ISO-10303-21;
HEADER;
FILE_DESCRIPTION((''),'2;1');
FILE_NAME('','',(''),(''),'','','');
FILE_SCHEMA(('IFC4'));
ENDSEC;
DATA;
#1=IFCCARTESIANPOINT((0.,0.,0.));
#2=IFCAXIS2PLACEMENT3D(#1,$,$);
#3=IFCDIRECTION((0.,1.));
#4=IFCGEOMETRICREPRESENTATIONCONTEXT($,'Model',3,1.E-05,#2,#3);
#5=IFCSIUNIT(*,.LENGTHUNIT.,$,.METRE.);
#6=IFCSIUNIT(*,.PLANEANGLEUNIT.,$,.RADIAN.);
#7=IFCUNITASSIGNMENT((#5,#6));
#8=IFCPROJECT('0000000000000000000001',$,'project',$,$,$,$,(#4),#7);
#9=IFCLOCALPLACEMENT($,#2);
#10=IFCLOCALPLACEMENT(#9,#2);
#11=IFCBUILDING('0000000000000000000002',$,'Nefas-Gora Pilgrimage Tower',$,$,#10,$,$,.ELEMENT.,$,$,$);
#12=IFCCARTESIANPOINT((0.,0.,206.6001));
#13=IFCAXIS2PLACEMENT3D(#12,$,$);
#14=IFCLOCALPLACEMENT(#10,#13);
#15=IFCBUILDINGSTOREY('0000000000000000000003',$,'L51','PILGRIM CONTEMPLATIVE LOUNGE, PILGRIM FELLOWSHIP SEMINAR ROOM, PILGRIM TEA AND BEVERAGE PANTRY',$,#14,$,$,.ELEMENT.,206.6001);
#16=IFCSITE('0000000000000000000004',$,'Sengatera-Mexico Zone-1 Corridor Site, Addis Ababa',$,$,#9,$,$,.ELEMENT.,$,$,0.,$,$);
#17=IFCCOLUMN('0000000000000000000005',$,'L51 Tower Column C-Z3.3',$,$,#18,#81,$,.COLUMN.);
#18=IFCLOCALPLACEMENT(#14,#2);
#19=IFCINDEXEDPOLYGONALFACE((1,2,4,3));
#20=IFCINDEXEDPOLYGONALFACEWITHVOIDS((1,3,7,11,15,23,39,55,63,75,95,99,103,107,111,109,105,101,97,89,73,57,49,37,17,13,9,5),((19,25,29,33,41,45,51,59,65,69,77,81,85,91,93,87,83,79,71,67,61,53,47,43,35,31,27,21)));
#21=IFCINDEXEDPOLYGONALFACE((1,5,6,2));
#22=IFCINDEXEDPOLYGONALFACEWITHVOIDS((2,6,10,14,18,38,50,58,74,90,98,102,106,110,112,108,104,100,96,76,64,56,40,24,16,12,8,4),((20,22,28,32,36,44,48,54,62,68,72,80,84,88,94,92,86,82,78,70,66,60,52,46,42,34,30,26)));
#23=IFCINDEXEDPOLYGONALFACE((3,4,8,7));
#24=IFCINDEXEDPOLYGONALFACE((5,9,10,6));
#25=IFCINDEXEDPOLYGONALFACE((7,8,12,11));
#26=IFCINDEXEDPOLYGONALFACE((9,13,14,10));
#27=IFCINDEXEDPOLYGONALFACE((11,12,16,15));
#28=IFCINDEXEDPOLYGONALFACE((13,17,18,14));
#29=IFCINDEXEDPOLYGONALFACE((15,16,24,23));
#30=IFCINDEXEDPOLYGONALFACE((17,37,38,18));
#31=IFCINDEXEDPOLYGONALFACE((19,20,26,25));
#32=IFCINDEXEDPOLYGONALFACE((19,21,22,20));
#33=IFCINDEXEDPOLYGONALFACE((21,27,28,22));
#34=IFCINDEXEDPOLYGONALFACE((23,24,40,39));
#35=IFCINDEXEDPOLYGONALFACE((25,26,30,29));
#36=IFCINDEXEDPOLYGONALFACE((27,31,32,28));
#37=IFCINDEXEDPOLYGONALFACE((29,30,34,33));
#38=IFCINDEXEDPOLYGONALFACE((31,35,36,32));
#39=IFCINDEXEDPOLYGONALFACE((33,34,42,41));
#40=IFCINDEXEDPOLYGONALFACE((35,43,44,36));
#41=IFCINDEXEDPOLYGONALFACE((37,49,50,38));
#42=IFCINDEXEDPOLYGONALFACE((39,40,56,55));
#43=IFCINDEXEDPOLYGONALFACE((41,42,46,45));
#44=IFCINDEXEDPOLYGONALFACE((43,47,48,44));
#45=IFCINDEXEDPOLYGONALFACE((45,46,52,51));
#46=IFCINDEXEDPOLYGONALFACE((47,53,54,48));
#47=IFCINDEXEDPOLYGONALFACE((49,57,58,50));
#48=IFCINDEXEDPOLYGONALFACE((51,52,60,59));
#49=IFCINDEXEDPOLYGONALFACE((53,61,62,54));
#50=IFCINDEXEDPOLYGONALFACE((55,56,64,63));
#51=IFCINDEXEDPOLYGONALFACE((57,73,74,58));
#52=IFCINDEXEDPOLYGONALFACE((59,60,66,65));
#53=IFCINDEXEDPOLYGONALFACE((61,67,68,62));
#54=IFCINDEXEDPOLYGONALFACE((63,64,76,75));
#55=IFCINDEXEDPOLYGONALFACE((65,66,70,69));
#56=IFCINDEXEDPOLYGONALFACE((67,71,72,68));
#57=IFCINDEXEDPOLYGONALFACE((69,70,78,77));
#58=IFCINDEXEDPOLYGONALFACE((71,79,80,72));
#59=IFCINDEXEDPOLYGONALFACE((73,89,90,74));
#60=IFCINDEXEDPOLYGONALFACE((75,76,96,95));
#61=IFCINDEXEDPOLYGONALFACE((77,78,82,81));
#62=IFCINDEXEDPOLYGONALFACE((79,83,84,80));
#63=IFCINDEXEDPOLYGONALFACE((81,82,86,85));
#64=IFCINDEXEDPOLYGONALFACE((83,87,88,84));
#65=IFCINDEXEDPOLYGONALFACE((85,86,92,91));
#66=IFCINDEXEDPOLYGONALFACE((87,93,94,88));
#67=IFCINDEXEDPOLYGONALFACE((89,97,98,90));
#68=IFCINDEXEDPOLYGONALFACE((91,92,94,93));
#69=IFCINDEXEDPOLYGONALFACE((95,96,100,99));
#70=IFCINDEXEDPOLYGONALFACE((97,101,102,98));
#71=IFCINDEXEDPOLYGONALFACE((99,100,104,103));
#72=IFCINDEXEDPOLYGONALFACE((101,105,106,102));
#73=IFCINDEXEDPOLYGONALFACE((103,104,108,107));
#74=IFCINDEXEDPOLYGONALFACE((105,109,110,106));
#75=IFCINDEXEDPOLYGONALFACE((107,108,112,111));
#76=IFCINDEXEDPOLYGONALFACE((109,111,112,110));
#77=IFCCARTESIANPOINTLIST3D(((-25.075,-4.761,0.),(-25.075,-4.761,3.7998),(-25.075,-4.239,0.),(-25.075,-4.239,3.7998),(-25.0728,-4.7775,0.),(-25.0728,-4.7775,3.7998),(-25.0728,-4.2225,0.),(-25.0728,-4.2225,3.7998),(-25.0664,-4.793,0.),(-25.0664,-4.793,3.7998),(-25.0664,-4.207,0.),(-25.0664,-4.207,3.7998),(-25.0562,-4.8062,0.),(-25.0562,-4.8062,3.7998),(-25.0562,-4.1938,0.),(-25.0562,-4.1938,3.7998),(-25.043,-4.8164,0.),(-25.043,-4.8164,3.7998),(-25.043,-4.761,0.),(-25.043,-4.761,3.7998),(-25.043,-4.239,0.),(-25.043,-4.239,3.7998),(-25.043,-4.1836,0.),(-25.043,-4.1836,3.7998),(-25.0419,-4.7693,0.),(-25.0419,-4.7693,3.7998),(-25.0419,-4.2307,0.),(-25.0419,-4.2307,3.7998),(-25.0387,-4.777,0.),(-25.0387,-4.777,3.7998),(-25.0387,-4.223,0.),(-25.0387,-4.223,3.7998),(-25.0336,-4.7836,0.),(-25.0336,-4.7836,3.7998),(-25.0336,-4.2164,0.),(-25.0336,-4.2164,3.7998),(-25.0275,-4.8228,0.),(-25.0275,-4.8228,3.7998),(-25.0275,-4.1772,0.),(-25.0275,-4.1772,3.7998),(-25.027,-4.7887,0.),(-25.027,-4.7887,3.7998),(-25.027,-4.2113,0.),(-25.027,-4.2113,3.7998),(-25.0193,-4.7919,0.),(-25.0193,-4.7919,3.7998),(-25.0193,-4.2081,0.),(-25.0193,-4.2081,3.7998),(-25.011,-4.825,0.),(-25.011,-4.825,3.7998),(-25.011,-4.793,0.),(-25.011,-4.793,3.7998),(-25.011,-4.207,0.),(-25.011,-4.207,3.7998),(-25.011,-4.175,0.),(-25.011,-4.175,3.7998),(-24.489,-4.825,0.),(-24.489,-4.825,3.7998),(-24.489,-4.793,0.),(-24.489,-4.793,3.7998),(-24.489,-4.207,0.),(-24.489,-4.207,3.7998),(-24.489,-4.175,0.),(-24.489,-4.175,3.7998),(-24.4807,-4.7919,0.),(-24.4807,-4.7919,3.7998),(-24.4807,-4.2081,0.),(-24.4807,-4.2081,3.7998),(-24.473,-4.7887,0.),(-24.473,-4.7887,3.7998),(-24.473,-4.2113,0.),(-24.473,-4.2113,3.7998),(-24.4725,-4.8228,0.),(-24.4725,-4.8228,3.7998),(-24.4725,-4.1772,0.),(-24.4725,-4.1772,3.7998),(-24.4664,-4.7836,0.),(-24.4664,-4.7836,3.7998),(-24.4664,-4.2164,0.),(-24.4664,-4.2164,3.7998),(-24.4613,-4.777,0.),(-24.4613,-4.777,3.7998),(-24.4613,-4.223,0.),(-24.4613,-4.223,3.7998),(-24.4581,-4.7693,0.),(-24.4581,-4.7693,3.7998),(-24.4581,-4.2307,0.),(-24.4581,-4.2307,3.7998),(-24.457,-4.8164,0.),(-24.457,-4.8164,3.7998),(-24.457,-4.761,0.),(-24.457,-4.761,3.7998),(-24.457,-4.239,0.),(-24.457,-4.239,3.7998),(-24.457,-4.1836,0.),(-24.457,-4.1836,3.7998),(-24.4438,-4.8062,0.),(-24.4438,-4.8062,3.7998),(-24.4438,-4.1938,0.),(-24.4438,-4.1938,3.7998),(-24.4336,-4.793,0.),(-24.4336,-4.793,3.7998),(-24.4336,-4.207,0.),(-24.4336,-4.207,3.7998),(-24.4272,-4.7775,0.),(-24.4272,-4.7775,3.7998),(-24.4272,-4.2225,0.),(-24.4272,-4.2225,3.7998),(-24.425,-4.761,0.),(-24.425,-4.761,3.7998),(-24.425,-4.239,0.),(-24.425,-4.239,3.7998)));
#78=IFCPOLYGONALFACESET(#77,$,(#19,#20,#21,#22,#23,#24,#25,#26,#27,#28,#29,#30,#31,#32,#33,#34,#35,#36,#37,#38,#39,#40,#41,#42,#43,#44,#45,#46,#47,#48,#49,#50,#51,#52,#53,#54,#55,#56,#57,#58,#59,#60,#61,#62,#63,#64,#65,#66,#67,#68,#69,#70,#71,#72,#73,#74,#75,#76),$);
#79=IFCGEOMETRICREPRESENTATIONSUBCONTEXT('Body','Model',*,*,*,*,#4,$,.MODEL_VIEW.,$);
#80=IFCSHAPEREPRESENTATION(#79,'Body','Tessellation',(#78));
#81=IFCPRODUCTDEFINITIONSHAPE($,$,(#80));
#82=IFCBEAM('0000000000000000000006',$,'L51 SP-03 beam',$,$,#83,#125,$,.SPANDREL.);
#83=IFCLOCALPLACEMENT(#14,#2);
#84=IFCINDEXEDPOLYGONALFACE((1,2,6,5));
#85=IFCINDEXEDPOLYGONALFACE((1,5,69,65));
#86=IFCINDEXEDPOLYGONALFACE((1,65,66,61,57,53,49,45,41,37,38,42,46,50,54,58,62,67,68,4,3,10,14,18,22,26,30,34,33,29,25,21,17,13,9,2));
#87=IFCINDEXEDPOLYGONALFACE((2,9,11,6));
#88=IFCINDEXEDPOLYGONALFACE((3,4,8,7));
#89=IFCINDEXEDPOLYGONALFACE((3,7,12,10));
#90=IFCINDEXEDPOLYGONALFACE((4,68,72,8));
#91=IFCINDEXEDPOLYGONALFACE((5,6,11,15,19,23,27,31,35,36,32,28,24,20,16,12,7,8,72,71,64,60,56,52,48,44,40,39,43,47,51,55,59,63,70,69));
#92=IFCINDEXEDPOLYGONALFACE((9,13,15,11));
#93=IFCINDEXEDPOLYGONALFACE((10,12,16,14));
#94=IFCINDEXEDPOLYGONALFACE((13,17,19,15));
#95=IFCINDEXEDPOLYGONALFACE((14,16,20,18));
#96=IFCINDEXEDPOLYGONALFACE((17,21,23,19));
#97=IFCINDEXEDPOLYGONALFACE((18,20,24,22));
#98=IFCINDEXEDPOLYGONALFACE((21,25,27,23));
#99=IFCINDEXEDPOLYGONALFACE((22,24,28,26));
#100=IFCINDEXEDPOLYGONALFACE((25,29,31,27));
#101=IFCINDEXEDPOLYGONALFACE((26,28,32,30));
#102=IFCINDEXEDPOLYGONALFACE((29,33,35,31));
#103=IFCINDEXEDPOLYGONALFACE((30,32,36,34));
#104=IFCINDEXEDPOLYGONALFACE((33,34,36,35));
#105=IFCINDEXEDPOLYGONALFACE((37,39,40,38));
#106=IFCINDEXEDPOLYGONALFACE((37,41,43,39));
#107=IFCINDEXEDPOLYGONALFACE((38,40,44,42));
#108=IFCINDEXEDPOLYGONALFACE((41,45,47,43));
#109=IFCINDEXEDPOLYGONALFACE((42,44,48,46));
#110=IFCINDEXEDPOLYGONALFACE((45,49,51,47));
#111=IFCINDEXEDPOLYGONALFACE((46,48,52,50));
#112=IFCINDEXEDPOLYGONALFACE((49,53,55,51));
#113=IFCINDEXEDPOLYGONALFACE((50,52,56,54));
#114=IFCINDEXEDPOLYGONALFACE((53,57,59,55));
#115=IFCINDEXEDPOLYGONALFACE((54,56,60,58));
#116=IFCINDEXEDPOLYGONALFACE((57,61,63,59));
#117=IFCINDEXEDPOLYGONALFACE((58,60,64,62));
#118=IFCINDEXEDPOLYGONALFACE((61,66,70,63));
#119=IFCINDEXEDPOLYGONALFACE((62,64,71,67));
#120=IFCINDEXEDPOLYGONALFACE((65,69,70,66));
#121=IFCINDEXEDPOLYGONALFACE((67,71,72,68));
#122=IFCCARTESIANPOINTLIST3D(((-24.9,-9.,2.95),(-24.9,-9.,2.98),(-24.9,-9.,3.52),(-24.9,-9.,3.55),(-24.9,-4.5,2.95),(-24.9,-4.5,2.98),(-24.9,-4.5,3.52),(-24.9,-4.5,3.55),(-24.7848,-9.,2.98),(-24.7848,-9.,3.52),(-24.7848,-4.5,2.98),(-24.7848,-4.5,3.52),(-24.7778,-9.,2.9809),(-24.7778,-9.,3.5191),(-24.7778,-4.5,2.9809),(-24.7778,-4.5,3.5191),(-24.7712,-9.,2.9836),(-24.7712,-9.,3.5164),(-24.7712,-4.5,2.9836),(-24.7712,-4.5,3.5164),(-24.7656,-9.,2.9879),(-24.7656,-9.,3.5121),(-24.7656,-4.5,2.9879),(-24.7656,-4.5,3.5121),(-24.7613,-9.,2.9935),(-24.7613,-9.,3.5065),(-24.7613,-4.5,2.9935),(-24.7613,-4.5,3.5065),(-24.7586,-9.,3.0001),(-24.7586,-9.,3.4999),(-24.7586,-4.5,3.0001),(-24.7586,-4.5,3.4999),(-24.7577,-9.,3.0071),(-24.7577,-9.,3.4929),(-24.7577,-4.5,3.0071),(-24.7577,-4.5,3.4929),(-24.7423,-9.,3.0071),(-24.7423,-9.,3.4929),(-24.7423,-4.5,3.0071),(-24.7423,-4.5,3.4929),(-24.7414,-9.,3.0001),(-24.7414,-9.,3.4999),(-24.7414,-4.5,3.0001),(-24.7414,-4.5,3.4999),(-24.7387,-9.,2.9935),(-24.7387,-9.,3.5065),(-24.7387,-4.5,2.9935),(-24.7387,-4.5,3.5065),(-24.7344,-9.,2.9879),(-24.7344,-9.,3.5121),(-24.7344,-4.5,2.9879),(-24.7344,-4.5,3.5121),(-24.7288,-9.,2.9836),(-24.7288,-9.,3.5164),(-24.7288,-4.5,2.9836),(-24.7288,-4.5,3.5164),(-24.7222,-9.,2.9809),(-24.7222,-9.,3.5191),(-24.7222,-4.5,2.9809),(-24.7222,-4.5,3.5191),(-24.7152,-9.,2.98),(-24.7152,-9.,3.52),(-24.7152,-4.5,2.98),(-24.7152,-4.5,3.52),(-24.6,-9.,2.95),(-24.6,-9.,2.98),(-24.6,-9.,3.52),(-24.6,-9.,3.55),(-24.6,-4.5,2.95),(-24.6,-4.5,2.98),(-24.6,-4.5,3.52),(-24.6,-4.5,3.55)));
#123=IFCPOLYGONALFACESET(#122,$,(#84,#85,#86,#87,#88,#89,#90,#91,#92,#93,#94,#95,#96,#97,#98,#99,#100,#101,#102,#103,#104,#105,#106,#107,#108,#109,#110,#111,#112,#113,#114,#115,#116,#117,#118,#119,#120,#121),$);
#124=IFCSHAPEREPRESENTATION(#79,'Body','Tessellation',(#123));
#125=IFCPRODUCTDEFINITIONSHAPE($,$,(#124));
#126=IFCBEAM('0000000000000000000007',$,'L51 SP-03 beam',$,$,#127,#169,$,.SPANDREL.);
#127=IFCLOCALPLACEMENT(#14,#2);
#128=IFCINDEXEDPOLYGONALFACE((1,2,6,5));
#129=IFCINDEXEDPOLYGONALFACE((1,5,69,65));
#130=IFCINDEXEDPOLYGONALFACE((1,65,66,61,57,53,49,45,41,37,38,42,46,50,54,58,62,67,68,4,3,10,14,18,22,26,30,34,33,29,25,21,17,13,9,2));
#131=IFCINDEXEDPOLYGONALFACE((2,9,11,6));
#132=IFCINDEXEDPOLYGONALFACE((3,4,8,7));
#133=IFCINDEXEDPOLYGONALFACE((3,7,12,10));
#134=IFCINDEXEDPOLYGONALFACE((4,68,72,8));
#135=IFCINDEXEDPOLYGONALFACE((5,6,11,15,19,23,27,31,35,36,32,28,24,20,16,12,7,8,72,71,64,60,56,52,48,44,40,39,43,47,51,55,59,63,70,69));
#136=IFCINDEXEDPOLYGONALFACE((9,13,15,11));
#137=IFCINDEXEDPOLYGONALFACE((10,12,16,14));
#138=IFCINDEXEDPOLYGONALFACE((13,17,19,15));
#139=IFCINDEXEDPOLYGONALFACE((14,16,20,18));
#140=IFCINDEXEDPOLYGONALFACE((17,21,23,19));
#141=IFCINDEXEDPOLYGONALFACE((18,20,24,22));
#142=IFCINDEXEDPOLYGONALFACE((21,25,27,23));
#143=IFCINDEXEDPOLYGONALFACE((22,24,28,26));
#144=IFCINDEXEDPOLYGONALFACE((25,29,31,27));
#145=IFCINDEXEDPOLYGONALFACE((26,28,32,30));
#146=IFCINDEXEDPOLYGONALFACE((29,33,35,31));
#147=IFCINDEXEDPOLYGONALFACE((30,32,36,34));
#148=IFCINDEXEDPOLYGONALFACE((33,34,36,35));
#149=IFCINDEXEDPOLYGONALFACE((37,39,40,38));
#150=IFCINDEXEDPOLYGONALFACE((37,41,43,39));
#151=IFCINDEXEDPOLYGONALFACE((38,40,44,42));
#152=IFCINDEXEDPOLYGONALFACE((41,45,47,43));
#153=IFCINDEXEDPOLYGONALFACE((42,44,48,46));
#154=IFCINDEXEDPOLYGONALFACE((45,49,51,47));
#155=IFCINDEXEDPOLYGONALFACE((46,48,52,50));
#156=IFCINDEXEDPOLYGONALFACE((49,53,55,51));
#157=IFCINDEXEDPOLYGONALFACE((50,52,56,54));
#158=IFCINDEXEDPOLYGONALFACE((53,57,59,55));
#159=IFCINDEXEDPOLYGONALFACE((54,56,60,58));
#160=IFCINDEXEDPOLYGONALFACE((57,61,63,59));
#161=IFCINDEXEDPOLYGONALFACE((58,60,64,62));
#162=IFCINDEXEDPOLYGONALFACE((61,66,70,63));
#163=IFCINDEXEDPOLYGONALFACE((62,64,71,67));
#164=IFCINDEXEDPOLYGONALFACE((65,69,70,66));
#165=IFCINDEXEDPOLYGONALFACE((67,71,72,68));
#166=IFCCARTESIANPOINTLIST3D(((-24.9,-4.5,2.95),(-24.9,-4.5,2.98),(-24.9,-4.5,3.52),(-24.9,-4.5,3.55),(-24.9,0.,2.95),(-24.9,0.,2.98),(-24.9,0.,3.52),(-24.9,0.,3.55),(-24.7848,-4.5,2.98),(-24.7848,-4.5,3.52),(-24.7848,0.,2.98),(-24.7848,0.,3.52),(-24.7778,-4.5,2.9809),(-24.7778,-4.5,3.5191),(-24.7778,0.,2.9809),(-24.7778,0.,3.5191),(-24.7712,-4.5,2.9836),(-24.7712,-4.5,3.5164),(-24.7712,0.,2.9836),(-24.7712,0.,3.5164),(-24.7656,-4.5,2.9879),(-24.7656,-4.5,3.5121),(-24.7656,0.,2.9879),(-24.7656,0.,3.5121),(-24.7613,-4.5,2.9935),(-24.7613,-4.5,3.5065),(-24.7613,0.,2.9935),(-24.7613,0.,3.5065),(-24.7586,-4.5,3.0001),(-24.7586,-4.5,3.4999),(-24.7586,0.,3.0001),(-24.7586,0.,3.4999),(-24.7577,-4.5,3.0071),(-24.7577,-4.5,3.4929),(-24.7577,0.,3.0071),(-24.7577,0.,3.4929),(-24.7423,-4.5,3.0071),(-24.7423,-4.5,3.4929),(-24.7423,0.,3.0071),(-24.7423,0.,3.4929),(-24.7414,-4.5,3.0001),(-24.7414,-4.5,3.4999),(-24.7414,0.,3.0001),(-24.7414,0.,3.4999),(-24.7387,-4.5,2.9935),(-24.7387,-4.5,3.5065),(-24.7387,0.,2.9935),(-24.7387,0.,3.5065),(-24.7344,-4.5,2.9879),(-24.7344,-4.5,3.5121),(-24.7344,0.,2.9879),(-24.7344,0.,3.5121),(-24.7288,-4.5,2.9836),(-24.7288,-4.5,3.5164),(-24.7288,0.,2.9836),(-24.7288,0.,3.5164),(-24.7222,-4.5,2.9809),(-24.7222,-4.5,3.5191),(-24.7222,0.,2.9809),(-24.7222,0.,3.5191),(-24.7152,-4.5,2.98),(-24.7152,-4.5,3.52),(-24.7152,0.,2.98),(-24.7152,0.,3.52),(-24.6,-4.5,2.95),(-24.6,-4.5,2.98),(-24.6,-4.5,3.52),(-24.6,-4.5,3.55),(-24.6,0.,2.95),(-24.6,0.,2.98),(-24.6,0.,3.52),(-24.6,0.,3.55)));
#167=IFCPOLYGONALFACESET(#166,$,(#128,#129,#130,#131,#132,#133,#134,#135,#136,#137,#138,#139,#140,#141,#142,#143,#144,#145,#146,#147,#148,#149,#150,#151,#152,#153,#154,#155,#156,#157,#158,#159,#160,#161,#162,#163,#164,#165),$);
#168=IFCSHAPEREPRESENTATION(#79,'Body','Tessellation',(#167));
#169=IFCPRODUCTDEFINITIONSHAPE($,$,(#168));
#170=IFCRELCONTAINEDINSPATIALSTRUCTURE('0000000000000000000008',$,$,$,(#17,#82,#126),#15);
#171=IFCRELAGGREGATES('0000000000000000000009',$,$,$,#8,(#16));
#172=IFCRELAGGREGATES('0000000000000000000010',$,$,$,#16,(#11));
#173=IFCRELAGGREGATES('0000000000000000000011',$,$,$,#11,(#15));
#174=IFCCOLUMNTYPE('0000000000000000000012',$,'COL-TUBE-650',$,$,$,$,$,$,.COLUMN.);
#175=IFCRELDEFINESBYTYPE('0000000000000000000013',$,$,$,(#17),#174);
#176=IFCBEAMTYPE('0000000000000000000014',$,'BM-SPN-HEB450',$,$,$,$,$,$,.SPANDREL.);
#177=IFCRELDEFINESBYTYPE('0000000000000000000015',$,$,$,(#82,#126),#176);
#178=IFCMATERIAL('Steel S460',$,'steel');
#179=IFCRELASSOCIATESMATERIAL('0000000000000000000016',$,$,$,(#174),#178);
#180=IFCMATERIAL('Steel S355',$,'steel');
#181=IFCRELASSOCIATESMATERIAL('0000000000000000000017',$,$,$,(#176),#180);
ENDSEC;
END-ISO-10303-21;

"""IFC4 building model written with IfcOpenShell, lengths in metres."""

from ifc_helpers import new_model, si_unit, direction, frame, origin, origin_2d, place, context, subcontext, project, spatial, hollow_rectangle, i_section, extrude, source, transform, mapped, material, material_profile, profile_set, type_object, element, save


model = new_model("IFC4")

# Units and contexts
model_context = context("Model", 3, precision=1e-05, world=origin(), true_north=direction((0.0, 1.0)))
body_context = subcontext(model_context, "Body", "Model", "MODEL_VIEW")
ifc_project = project(units=[si_unit("LENGTHUNIT", "METRE"), si_unit("PLANEANGLEUNIT", "RADIAN")], contexts=[model_context])

# Site, building, storey
site_placement = place(None, origin())
site = spatial("IfcSite", under=ifc_project, at=site_placement, Name="Sengatera-Mexico Zone-1 Corridor Site, Addis Ababa", CompositionType="ELEMENT", RefElevation=0.0)
building_placement = place(site_placement, origin())
building = spatial("IfcBuilding", under=site, at=building_placement, Name="Nefas-Gora Pilgrimage Tower", CompositionType="ELEMENT")
storey_placement = place(building_placement, frame((0.0, 0.0, 206.6001)))
storey = spatial("IfcBuildingStorey", under=building, at=storey_placement, Name="L51", Description="PILGRIM CONTEMPLATIVE LOUNGE, PILGRIM FELLOWSHIP SEMINAR ROOM, PILGRIM TEA AND BEVERAGE PANTRY", CompositionType="ELEMENT", Elevation=206.6001)

# Column
ifc_material_1 = material(Name="Steel S460", Category="steel")
ifc_material_profile_1 = material_profile(ifc_material_1, hollow_rectangle(XDim=0.6499, YDim=0.6499, WallThickness=0.032, InnerFilletRadius=0.032, OuterFilletRadius=0.064, at=origin_2d()), Name="BOX 650x650x32")
ifc_profile_set_1 = profile_set([ifc_material_profile_1], Name="Steel S460")
column_type_1 = type_object("IfcColumnType", Name="COL-TUBE-650", PredefinedType="COLUMN", material=ifc_profile_set_1)
shared_shape_1 = source(origin(), body_context, "Body", "SweptSolid", [
    extrude(hollow_rectangle(XDim=0.6499, YDim=0.6499, WallThickness=0.032, InnerFilletRadius=0.032, OuterFilletRadius=0.064, at=origin_2d()), origin(), (0.0, 0.0, 1.0), 3.7998),
])
for number, where, z_axis, x_axis, name in (
    (1, (-24.75, -4.5, 0.0), (0.0, 0.0, 1.0), (1.0, 0.0, 0.0), "L51 Tower Column C-Z3.3"),
):
    element("IfcColumn", number, at=place(storey_placement, frame(where, z_axis=z_axis, x_axis=x_axis)), inside=storey, type_object=column_type_1, Name=name, PredefinedType="COLUMN", context=body_context, shape_type="MappedRepresentation", body=[
        mapped(shared_shape_1, transform((0.0, 0.0, 0.0), x_axis=(1.0, 0.0, 0.0), y_axis=(0.0, 1.0, 0.0), z_axis=(0.0, 0.0, 1.0), scale=1.0)),
    ])

# Beams
ifc_material_2 = material(Name="Steel S355", Category="steel")
ifc_material_profile_2 = material_profile(ifc_material_2, i_section(OverallWidth=0.3, OverallDepth=0.6001, WebThickness=0.0154, FlangeThickness=0.03, FilletRadius=0.0271, at=origin_2d()), Name="HEB 600")
ifc_profile_set_2 = profile_set([ifc_material_profile_2], Name="Steel S355")
beam_type_1 = type_object("IfcBeamType", Name="BM-SPN-HEB450", PredefinedType="SPANDREL", material=ifc_profile_set_2)
shared_shape_2 = source(origin(), body_context, "Body", "SweptSolid", [
    extrude(i_section(OverallWidth=0.3, OverallDepth=0.6001, WebThickness=0.0154, FlangeThickness=0.03, FilletRadius=0.0271, at=origin_2d()), origin(), (0.0, 0.0, 1.0), 4.5),
])
for number, where, z_axis, x_axis, name in (
    (2, (-24.75, -9.0, 3.25), (0.0, 1.0, 0.0), (-1.0, 0.0, 0.0), "L51 SP-03 beam"),
    (3, (-24.75, -4.5, 3.25), (0.0, 1.0, 0.0), (-1.0, 0.0, 0.0), "L51 SP-03 beam"),
):
    element("IfcBeam", number, at=place(storey_placement, frame(where, z_axis=z_axis, x_axis=x_axis)), inside=storey, type_object=beam_type_1, Name=name, PredefinedType="SPANDREL", context=body_context, shape_type="MappedRepresentation", body=[
        mapped(shared_shape_2, transform((0.0, 0.0, 0.0), x_axis=(1.0, 0.0, 0.0), y_axis=(0.0, 1.0, 0.0), z_axis=(0.0, 0.0, 1.0), scale=1.0)),
    ])

save(model, "model.ifc")
